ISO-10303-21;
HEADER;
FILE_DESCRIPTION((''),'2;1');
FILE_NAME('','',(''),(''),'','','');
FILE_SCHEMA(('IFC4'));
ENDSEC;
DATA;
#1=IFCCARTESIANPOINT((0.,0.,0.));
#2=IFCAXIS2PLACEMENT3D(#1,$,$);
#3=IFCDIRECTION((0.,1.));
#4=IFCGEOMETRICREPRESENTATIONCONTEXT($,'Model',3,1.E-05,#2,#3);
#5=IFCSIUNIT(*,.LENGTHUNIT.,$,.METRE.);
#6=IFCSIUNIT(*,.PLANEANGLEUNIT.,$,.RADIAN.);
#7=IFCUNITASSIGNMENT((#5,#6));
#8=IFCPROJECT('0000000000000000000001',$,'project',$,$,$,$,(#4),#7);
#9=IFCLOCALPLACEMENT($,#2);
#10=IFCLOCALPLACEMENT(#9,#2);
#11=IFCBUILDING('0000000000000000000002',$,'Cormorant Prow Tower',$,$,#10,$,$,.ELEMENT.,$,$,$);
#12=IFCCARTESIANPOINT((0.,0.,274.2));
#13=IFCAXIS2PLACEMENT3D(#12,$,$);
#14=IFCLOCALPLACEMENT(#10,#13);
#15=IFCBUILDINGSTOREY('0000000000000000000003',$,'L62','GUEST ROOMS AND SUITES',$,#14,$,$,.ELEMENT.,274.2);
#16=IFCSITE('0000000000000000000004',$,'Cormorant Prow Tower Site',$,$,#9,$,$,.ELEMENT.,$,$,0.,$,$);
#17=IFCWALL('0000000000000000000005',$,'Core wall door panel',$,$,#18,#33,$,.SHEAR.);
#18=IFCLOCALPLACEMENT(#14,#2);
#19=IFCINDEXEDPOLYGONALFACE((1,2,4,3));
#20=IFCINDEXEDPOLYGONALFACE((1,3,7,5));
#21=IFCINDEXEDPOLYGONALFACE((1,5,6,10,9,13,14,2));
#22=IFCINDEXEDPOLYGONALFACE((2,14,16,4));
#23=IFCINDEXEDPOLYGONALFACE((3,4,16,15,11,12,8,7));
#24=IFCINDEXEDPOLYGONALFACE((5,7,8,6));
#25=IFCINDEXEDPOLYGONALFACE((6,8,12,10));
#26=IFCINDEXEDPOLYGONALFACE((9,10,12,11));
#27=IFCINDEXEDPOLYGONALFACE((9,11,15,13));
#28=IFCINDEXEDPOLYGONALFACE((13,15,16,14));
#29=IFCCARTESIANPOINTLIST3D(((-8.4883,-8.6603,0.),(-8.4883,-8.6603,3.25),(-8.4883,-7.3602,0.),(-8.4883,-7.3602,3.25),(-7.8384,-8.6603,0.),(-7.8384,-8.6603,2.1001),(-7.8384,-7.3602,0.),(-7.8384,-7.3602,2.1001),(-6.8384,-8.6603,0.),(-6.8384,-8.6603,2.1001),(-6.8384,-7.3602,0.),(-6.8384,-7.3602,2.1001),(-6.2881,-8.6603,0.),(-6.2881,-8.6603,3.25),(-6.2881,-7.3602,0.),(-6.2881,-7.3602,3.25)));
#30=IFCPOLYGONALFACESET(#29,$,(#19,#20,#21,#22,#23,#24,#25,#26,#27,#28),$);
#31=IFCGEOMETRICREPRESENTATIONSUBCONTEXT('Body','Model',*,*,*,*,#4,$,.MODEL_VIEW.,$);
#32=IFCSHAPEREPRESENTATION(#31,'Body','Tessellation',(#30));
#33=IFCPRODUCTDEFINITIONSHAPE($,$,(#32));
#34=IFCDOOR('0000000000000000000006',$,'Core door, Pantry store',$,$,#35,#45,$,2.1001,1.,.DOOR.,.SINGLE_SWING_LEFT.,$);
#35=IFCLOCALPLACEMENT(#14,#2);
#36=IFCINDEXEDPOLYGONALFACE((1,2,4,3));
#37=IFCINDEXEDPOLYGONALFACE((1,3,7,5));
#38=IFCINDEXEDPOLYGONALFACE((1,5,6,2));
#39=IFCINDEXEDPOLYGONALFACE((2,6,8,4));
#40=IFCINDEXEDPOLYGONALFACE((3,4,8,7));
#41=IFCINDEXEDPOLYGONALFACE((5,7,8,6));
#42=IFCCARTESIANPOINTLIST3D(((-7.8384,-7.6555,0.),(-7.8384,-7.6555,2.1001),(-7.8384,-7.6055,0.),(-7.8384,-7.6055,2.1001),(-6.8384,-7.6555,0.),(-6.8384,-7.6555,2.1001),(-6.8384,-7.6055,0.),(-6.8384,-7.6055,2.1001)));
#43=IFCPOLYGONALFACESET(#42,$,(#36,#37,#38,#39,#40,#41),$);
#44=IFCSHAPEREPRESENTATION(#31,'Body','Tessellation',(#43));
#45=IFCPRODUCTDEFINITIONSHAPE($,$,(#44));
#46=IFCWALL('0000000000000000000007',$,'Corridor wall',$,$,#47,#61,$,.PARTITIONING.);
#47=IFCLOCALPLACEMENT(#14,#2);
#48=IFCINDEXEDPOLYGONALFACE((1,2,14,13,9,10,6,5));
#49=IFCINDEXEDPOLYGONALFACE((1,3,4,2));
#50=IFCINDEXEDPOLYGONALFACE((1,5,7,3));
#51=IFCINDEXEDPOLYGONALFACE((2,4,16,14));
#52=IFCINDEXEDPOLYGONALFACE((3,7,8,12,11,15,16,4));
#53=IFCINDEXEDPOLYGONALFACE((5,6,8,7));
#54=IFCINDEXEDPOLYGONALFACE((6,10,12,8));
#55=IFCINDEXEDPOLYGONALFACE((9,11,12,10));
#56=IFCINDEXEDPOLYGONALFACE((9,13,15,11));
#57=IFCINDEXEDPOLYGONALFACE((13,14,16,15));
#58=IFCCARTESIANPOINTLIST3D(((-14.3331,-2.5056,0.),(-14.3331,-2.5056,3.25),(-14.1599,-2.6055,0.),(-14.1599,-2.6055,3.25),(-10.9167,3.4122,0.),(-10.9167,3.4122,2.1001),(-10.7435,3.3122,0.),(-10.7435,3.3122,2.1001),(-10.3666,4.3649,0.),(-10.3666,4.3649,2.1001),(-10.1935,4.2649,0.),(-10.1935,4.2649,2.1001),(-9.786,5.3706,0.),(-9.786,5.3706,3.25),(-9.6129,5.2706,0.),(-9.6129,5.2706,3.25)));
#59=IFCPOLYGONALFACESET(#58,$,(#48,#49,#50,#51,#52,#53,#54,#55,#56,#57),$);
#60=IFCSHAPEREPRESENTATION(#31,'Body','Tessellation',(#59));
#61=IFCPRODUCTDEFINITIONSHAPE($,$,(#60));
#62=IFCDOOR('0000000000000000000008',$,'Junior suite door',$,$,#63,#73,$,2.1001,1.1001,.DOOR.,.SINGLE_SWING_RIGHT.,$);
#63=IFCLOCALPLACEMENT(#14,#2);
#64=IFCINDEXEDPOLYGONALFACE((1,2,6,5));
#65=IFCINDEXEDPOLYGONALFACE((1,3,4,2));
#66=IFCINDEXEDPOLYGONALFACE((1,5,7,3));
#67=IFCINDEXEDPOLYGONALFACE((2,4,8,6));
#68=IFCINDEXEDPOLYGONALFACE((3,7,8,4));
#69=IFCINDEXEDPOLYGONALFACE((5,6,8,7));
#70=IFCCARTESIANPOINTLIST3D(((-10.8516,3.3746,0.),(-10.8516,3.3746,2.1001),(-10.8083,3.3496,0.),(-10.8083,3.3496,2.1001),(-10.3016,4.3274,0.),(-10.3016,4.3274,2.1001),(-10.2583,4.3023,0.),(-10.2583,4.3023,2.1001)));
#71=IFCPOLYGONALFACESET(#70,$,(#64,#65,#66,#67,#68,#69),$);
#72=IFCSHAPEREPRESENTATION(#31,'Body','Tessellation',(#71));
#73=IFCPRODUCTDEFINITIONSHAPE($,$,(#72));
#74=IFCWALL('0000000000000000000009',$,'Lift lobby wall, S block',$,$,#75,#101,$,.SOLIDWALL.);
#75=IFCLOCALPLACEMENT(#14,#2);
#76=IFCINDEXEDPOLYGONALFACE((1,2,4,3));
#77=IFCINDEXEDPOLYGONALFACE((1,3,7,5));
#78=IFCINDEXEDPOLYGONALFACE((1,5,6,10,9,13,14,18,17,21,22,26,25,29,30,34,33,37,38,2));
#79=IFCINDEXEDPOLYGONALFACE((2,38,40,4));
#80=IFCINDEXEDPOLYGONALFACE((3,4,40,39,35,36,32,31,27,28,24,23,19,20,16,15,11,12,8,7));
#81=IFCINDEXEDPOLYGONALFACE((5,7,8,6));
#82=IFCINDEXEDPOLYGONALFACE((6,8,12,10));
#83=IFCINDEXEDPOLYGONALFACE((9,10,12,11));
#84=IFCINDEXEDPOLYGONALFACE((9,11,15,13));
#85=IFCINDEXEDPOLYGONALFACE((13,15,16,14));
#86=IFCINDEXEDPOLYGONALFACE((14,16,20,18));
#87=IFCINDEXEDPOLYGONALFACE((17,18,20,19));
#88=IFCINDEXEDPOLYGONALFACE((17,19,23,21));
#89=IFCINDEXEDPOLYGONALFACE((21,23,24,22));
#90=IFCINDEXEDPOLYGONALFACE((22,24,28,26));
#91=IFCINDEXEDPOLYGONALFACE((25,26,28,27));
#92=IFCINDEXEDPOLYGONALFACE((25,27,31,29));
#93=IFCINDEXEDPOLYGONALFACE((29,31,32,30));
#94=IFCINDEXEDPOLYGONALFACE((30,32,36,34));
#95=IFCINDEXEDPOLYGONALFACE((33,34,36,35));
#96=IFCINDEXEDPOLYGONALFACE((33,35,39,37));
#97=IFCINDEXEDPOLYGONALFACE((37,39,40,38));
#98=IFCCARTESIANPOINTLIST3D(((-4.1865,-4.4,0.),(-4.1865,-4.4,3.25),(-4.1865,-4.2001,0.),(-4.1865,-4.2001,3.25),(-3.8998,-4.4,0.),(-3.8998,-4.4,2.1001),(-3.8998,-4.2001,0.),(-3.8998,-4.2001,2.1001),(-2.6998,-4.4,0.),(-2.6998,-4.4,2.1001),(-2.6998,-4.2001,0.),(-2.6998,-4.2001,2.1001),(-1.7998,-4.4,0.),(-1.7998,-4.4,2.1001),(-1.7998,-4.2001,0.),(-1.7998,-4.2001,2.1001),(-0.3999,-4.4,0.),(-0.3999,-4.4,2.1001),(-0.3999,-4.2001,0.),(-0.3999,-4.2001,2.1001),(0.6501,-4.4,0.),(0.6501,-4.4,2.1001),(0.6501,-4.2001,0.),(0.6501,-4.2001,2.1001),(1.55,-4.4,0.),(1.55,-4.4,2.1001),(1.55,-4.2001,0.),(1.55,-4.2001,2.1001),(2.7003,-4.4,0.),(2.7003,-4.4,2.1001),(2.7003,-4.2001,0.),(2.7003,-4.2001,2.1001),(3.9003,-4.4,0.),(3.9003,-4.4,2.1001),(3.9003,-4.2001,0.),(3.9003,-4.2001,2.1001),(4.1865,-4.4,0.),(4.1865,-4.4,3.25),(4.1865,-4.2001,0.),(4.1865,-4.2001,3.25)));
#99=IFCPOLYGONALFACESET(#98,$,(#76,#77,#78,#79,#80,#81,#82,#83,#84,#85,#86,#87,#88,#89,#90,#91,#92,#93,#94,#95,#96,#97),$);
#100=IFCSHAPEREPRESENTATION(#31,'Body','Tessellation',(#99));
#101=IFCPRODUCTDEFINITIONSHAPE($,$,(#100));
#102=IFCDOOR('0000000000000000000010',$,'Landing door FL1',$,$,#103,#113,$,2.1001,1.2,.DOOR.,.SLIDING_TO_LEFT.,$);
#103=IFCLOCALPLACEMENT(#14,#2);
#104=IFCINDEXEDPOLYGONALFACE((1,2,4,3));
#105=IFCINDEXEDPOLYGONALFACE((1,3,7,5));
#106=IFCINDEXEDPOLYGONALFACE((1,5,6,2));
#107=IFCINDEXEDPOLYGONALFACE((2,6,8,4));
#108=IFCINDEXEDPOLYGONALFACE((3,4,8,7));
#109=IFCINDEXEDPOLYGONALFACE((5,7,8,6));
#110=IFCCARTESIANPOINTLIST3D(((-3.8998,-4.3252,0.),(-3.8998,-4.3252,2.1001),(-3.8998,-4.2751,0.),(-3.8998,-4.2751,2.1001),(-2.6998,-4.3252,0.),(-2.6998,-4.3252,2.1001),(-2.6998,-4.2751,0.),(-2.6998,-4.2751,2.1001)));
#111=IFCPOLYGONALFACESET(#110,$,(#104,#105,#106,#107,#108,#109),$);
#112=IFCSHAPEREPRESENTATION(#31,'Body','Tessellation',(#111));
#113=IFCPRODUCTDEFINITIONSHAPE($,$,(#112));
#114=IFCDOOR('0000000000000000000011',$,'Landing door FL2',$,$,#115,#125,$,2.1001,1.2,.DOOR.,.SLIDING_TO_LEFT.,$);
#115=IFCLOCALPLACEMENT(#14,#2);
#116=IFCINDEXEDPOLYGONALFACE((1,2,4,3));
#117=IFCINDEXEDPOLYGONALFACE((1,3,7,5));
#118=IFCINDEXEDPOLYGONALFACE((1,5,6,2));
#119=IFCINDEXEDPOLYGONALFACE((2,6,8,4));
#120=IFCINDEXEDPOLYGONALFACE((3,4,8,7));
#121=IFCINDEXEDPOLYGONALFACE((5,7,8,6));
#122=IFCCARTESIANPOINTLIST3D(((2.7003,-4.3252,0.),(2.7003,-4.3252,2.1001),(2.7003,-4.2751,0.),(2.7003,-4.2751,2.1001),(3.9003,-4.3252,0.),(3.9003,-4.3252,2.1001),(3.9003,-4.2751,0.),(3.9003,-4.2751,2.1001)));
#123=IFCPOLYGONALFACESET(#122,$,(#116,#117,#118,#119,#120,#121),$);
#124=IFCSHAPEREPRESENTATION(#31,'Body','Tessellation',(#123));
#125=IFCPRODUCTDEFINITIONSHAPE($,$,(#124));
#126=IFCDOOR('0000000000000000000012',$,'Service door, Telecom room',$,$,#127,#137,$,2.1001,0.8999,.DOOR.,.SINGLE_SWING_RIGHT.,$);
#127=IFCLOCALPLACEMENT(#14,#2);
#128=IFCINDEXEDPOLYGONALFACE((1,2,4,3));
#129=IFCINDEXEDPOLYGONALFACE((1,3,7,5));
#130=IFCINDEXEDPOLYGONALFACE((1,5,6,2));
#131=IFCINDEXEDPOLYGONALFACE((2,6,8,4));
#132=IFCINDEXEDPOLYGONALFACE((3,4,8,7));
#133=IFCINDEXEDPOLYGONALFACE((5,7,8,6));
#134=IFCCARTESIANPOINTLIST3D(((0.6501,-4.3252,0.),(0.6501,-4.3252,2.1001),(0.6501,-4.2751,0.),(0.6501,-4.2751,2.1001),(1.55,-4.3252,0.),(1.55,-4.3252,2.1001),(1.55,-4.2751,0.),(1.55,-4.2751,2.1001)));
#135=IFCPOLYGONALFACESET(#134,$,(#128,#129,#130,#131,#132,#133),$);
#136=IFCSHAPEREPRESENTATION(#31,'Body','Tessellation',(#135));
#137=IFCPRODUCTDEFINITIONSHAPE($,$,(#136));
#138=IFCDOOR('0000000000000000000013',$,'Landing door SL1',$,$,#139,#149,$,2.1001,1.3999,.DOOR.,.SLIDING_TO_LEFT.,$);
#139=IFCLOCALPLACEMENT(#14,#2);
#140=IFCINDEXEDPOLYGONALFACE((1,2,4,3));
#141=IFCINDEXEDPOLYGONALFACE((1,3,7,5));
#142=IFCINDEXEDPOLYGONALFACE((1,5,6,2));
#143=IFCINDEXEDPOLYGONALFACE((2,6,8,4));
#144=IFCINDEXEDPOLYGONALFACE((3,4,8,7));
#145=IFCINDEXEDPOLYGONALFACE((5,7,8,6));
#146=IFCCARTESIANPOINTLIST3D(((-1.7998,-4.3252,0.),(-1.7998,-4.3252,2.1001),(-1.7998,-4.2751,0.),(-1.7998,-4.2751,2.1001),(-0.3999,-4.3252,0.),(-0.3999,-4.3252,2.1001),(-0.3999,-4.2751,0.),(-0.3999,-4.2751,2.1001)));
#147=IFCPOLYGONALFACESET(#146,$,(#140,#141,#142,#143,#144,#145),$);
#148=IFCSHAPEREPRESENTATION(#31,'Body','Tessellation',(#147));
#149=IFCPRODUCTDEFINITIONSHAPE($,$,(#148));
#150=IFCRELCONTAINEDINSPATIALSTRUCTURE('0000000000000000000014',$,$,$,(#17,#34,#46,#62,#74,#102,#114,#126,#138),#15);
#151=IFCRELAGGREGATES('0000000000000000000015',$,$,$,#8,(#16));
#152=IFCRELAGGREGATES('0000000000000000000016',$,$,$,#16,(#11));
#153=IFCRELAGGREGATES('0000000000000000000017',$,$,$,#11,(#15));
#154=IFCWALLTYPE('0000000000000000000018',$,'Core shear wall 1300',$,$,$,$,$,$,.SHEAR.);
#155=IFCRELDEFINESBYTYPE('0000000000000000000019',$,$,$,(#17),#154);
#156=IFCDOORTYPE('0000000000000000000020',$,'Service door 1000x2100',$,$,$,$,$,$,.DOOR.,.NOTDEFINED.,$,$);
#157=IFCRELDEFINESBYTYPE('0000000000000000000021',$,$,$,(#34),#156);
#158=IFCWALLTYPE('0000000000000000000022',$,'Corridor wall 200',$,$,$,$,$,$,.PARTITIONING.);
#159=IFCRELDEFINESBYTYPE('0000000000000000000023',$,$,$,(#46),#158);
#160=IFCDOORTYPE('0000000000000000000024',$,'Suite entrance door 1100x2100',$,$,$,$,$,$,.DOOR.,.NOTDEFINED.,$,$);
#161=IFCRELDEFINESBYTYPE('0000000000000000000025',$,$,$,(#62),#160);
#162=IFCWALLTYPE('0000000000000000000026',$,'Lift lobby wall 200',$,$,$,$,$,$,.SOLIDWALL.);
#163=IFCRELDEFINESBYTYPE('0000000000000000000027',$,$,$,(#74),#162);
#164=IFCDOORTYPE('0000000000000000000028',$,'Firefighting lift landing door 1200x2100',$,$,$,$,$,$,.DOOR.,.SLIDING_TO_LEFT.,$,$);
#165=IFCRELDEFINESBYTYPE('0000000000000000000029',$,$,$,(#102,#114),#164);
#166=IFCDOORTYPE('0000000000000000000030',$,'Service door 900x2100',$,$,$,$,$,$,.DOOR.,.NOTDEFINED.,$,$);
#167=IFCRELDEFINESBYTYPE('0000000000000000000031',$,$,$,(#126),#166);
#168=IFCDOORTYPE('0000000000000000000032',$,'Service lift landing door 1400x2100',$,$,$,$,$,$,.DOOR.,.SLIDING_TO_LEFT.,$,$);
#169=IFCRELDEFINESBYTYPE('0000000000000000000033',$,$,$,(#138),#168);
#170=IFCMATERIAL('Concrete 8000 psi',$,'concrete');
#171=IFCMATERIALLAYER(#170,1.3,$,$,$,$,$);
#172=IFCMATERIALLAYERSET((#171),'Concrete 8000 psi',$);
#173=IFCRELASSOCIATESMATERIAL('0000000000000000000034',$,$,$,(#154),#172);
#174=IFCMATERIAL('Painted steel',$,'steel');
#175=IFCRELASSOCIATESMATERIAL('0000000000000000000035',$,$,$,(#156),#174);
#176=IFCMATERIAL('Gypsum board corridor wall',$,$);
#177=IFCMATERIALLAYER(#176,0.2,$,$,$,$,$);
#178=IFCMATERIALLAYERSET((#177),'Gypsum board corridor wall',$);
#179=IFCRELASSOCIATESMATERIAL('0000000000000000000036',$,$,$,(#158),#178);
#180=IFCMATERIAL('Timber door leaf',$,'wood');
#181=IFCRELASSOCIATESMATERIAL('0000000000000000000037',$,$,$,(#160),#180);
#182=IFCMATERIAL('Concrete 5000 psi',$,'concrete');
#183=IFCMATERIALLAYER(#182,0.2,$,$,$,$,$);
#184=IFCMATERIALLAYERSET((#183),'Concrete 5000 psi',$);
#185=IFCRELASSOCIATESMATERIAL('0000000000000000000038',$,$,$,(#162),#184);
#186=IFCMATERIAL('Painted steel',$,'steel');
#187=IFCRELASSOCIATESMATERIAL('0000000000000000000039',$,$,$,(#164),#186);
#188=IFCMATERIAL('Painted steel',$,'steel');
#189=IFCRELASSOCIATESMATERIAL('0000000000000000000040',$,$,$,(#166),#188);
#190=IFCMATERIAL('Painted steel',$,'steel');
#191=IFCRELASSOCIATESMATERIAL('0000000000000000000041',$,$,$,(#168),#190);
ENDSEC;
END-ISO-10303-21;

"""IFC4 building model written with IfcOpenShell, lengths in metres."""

from ifc_helpers import new_model, si_unit, direction, frame, frame_2d, origin, place, context, subcontext, project, spatial, rectangle, extrude, material, layer, layer_set, type_object, element, fill, save


model = new_model("IFC4")

# Units and contexts
model_context = context("Model", 3, precision=1e-05, world=origin(), true_north=direction((0.0, 1.0)))
body_context = subcontext(model_context, "Body", "Model", "MODEL_VIEW")
ifc_project = project(units=[si_unit("LENGTHUNIT", "METRE"), si_unit("PLANEANGLEUNIT", "RADIAN")], contexts=[model_context])

# Site, building, storey
site_placement = place(None, origin())
site = spatial("IfcSite", under=ifc_project, at=site_placement, Name="Cormorant Prow Tower Site", CompositionType="ELEMENT", RefElevation=0.0)
building_placement = place(site_placement, origin())
building = spatial("IfcBuilding", under=site, at=building_placement, Name="Cormorant Prow Tower", CompositionType="ELEMENT")
storey_placement = place(building_placement, frame((0.0, 0.0, 274.2)))
storey = spatial("IfcBuildingStorey", under=building, at=storey_placement, Name="L62", Description="GUEST ROOMS AND SUITES", CompositionType="ELEMENT", Elevation=274.2)

# Shared definitions
ifc_material_1 = material(Name="Concrete 8000 psi", Category="concrete")
ifc_layer_1 = layer(ifc_material_1, 1.3)
ifc_layer_set_1 = layer_set([ifc_layer_1], Name="Concrete 8000 psi")
wall_type_1 = type_object("IfcWallType", Name="Core shear wall 1300", PredefinedType="SHEAR", material=ifc_layer_set_1)

# Walls, openings, doors
wall_1_placement = place(storey_placement, frame((-8.4883, -8.0103, 0.0), z_axis=(0.0, 0.0, 1.0), x_axis=(1.0, 0.0, 0.0)))
wall_1 = element("IfcWall", 1, at=wall_1_placement, inside=storey, type_object=wall_type_1, Name="Core wall door panel", PredefinedType="SHEAR", context=body_context, shape_type="SweptSolid", body=[
    extrude(rectangle(XDim=2.2002, YDim=1.3, at=frame_2d((1.1001, 0.0))), origin(), (0.0, 0.0, 1.0), 3.25),
])
opening_1_placement = place(wall_1_placement, frame((0.6499, 0.0, 0.0)))
opening_1 = element("IfcOpeningElement", 2, at=opening_1_placement, cuts=wall_1, PredefinedType="OPENING", context=body_context, shape_type="SweptSolid", body=[
    extrude(rectangle(XDim=1.0, YDim=2.1001, at=frame_2d((0.5, 1.05))), frame((0.0, 0.6599, 0.0), z_axis=(0.0, -1.0, 0.0), x_axis=(1.0, 0.0, 0.0)), (0.0, 0.0, 1.0), 1.3201),
])
ifc_material_2 = material(Name="Painted steel", Category="steel")
door_type_1 = type_object("IfcDoorType", Name="Service door 1000x2100", OperationType="NOTDEFINED", PredefinedType="DOOR", material=ifc_material_2)
door_1_placement = place(opening_1_placement, origin())
door_1 = element("IfcDoor", 3, at=door_1_placement, inside=storey, type_object=door_type_1, Name="Core door, Pantry store", OperationType="SINGLE_SWING_LEFT", OverallHeight=2.1001, OverallWidth=1.0, PredefinedType="DOOR", context=body_context, shape_type="SweptSolid", body=[
    extrude(rectangle(XDim=1.0, YDim=2.1001, at=frame_2d((0.5, 1.05))), frame((0.0, 0.4048, 0.0), z_axis=(0.0, -1.0, 0.0), x_axis=(1.0, 0.0, 0.0)), (0.0, 0.0, 1.0), 0.05),
])
fill(opening_1, door_1)
ifc_material_3 = material(Name="Gypsum board corridor wall")
ifc_layer_2 = layer(ifc_material_3, 0.2)
ifc_layer_set_2 = layer_set([ifc_layer_2], Name="Gypsum board corridor wall")
wall_type_2 = type_object("IfcWallType", Name="Corridor wall 200", PredefinedType="PARTITIONING", material=ifc_layer_set_2)
wall_2_placement = place(storey_placement, frame((-14.2466, -2.5557, 0.0), z_axis=(0.0, 0.0, 1.0), x_axis=(0.499982, 0.866036, 0.0)))
wall_2 = element("IfcWall", 4, at=wall_2_placement, inside=storey, type_object=wall_type_2, Name="Corridor wall", PredefinedType="PARTITIONING", context=body_context, shape_type="SweptSolid", body=[
    extrude(rectangle(XDim=9.0945, YDim=0.2, at=frame_2d((4.5474, 0.0))), origin(), (0.0, 0.0, 1.0), 3.25),
])
opening_2_placement = place(wall_2_placement, frame((6.8333, 0.0, 0.0)))
opening_2 = element("IfcOpeningElement", 5, at=opening_2_placement, cuts=wall_2, PredefinedType="OPENING", context=body_context, shape_type="SweptSolid", body=[
    extrude(rectangle(XDim=1.1001, YDim=2.1001, at=frame_2d((0.55, 1.05))), frame((0.0, 0.1099, 0.0), z_axis=(0.0, -1.0, 0.0), x_axis=(1.0, 0.0, 0.0)), (0.0, 0.0, 1.0), 0.22),
])
ifc_material_4 = material(Name="Timber door leaf", Category="wood")
door_type_2 = type_object("IfcDoorType", Name="Suite entrance door 1100x2100", OperationType="NOTDEFINED", PredefinedType="DOOR", material=ifc_material_4)
door_2_placement = place(opening_2_placement, origin())
door_2 = element("IfcDoor", 6, at=door_2_placement, inside=storey, type_object=door_type_2, Name="Junior suite door", OperationType="SINGLE_SWING_RIGHT", OverallHeight=2.1001, OverallWidth=1.1001, PredefinedType="DOOR", context=body_context, shape_type="SweptSolid", body=[
    extrude(rectangle(XDim=1.1001, YDim=2.1001, at=frame_2d((0.55, 1.05))), frame((0.0, 0.0249, 0.0), z_axis=(0.0, -1.0, 0.0), x_axis=(1.0, 0.0, 0.0)), (0.0, 0.0, 1.0), 0.05),
])
fill(opening_2, door_2)

# Wall, openings, doors
ifc_material_5 = material(Name="Concrete 5000 psi", Category="concrete")
ifc_layer_3 = layer(ifc_material_5, 0.2)
ifc_layer_set_3 = layer_set([ifc_layer_3], Name="Concrete 5000 psi")
wall_type_3 = type_object("IfcWallType", Name="Lift lobby wall 200", PredefinedType="SOLIDWALL", material=ifc_layer_set_3)
wall_3_placement = place(storey_placement, frame((-4.1865, -4.3, 0.0), z_axis=(0.0, 0.0, 1.0), x_axis=(1.0, 0.0, 0.0)))
wall_3 = element("IfcWall", 7, at=wall_3_placement, inside=storey, type_object=wall_type_3, Name="Lift lobby wall, S block", PredefinedType="SOLIDWALL", context=body_context, shape_type="SweptSolid", body=[
    extrude(rectangle(XDim=8.373, YDim=0.2, at=frame_2d((4.1865, 0.0))), origin(), (0.0, 0.0, 1.0), 3.25),
])
opening_3_placement = place(wall_3_placement, frame((0.2866, 0.0, 0.0)))
opening_3 = element("IfcOpeningElement", 8, at=opening_3_placement, cuts=wall_3, PredefinedType="OPENING", context=body_context, shape_type="SweptSolid", body=[
    extrude(rectangle(XDim=1.2, YDim=2.1001, at=frame_2d((0.6001, 1.05))), frame((0.0, 0.1099, 0.0), z_axis=(0.0, -1.0, 0.0), x_axis=(1.0, 0.0, 0.0)), (0.0, 0.0, 1.0), 0.22),
])
opening_4_placement = place(wall_3_placement, frame((2.3867, 0.0, 0.0)))
opening_4 = element("IfcOpeningElement", 9, at=opening_4_placement, cuts=wall_3, PredefinedType="OPENING", context=body_context, shape_type="SweptSolid", body=[
    extrude(rectangle(XDim=1.3999, YDim=2.1001, at=frame_2d((0.7, 1.05))), frame((0.0, 0.1099, 0.0), z_axis=(0.0, -1.0, 0.0), x_axis=(1.0, 0.0, 0.0)), (0.0, 0.0, 1.0), 0.22),
])
opening_5_placement = place(wall_3_placement, frame((4.8367, 0.0, 0.0)))
opening_5 = element("IfcOpeningElement", 10, at=opening_5_placement, cuts=wall_3, PredefinedType="OPENING", context=body_context, shape_type="SweptSolid", body=[
    extrude(rectangle(XDim=0.8999, YDim=2.1001, at=frame_2d((0.45, 1.05))), frame((0.0, 0.1099, 0.0), z_axis=(0.0, -1.0, 0.0), x_axis=(1.0, 0.0, 0.0)), (0.0, 0.0, 1.0), 0.22),
])
opening_6_placement = place(wall_3_placement, frame((6.8867, 0.0, 0.0)))
opening_6 = element("IfcOpeningElement", 11, at=opening_6_placement, cuts=wall_3, PredefinedType="OPENING", context=body_context, shape_type="SweptSolid", body=[
    extrude(rectangle(XDim=1.2, YDim=2.1001, at=frame_2d((0.6001, 1.05))), frame((0.0, 0.1099, 0.0), z_axis=(0.0, -1.0, 0.0), x_axis=(1.0, 0.0, 0.0)), (0.0, 0.0, 1.0), 0.22),
])
ifc_material_6 = material(Name="Painted steel", Category="steel")
door_type_3 = type_object("IfcDoorType", Name="Firefighting lift landing door 1200x2100", OperationType="SLIDING_TO_LEFT", PredefinedType="DOOR", material=ifc_material_6)
door_3_placement = place(opening_3_placement, origin())
door_3 = element("IfcDoor", 12, at=door_3_placement, inside=storey, type_object=door_type_3, Name="Landing door FL1", OperationType="SLIDING_TO_LEFT", OverallHeight=2.1001, OverallWidth=1.2, PredefinedType="DOOR", context=body_context, shape_type="SweptSolid", body=[
    extrude(rectangle(XDim=1.2, YDim=2.1001, at=frame_2d((0.6001, 1.05))), frame((0.0, 0.0249, 0.0), z_axis=(0.0, -1.0, 0.0), x_axis=(1.0, 0.0, 0.0)), (0.0, 0.0, 1.0), 0.05),
])
fill(opening_3, door_3)
door_4_placement = place(opening_6_placement, origin())
door_4 = element("IfcDoor", 13, at=door_4_placement, inside=storey, type_object=door_type_3, Name="Landing door FL2", OperationType="SLIDING_TO_LEFT", OverallHeight=2.1001, OverallWidth=1.2, PredefinedType="DOOR", context=body_context, shape_type="SweptSolid", body=[
    extrude(rectangle(XDim=1.2, YDim=2.1001, at=frame_2d((0.6001, 1.05))), frame((0.0, 0.0249, 0.0), z_axis=(0.0, -1.0, 0.0), x_axis=(1.0, 0.0, 0.0)), (0.0, 0.0, 1.0), 0.05),
])
fill(opening_6, door_4)
ifc_material_7 = material(Name="Painted steel", Category="steel")
door_type_4 = type_object("IfcDoorType", Name="Service door 900x2100", OperationType="NOTDEFINED", PredefinedType="DOOR", material=ifc_material_7)
door_5_placement = place(opening_5_placement, origin())
door_5 = element("IfcDoor", 14, at=door_5_placement, inside=storey, type_object=door_type_4, Name="Service door, Telecom room", OperationType="SINGLE_SWING_RIGHT", OverallHeight=2.1001, OverallWidth=0.8999, PredefinedType="DOOR", context=body_context, shape_type="SweptSolid", body=[
    extrude(rectangle(XDim=0.8999, YDim=2.1001, at=frame_2d((0.45, 1.05))), frame((0.0, 0.0249, 0.0), z_axis=(0.0, -1.0, 0.0), x_axis=(1.0, 0.0, 0.0)), (0.0, 0.0, 1.0), 0.05),
])
fill(opening_5, door_5)
ifc_material_8 = material(Name="Painted steel", Category="steel")
door_type_5 = type_object("IfcDoorType", Name="Service lift landing door 1400x2100", OperationType="SLIDING_TO_LEFT", PredefinedType="DOOR", material=ifc_material_8)
door_6_placement = place(opening_4_placement, origin())
door_6 = element("IfcDoor", 15, at=door_6_placement, inside=storey, type_object=door_type_5, Name="Landing door SL1", OperationType="SLIDING_TO_LEFT", OverallHeight=2.1001, OverallWidth=1.3999, PredefinedType="DOOR", context=body_context, shape_type="SweptSolid", body=[
    extrude(rectangle(XDim=1.3999, YDim=2.1001, at=frame_2d((0.7, 1.05))), frame((0.0, 0.0249, 0.0), z_axis=(0.0, -1.0, 0.0), x_axis=(1.0, 0.0, 0.0)), (0.0, 0.0, 1.0), 0.05),
])
fill(opening_4, door_6)

save(model, "model.ifc")
